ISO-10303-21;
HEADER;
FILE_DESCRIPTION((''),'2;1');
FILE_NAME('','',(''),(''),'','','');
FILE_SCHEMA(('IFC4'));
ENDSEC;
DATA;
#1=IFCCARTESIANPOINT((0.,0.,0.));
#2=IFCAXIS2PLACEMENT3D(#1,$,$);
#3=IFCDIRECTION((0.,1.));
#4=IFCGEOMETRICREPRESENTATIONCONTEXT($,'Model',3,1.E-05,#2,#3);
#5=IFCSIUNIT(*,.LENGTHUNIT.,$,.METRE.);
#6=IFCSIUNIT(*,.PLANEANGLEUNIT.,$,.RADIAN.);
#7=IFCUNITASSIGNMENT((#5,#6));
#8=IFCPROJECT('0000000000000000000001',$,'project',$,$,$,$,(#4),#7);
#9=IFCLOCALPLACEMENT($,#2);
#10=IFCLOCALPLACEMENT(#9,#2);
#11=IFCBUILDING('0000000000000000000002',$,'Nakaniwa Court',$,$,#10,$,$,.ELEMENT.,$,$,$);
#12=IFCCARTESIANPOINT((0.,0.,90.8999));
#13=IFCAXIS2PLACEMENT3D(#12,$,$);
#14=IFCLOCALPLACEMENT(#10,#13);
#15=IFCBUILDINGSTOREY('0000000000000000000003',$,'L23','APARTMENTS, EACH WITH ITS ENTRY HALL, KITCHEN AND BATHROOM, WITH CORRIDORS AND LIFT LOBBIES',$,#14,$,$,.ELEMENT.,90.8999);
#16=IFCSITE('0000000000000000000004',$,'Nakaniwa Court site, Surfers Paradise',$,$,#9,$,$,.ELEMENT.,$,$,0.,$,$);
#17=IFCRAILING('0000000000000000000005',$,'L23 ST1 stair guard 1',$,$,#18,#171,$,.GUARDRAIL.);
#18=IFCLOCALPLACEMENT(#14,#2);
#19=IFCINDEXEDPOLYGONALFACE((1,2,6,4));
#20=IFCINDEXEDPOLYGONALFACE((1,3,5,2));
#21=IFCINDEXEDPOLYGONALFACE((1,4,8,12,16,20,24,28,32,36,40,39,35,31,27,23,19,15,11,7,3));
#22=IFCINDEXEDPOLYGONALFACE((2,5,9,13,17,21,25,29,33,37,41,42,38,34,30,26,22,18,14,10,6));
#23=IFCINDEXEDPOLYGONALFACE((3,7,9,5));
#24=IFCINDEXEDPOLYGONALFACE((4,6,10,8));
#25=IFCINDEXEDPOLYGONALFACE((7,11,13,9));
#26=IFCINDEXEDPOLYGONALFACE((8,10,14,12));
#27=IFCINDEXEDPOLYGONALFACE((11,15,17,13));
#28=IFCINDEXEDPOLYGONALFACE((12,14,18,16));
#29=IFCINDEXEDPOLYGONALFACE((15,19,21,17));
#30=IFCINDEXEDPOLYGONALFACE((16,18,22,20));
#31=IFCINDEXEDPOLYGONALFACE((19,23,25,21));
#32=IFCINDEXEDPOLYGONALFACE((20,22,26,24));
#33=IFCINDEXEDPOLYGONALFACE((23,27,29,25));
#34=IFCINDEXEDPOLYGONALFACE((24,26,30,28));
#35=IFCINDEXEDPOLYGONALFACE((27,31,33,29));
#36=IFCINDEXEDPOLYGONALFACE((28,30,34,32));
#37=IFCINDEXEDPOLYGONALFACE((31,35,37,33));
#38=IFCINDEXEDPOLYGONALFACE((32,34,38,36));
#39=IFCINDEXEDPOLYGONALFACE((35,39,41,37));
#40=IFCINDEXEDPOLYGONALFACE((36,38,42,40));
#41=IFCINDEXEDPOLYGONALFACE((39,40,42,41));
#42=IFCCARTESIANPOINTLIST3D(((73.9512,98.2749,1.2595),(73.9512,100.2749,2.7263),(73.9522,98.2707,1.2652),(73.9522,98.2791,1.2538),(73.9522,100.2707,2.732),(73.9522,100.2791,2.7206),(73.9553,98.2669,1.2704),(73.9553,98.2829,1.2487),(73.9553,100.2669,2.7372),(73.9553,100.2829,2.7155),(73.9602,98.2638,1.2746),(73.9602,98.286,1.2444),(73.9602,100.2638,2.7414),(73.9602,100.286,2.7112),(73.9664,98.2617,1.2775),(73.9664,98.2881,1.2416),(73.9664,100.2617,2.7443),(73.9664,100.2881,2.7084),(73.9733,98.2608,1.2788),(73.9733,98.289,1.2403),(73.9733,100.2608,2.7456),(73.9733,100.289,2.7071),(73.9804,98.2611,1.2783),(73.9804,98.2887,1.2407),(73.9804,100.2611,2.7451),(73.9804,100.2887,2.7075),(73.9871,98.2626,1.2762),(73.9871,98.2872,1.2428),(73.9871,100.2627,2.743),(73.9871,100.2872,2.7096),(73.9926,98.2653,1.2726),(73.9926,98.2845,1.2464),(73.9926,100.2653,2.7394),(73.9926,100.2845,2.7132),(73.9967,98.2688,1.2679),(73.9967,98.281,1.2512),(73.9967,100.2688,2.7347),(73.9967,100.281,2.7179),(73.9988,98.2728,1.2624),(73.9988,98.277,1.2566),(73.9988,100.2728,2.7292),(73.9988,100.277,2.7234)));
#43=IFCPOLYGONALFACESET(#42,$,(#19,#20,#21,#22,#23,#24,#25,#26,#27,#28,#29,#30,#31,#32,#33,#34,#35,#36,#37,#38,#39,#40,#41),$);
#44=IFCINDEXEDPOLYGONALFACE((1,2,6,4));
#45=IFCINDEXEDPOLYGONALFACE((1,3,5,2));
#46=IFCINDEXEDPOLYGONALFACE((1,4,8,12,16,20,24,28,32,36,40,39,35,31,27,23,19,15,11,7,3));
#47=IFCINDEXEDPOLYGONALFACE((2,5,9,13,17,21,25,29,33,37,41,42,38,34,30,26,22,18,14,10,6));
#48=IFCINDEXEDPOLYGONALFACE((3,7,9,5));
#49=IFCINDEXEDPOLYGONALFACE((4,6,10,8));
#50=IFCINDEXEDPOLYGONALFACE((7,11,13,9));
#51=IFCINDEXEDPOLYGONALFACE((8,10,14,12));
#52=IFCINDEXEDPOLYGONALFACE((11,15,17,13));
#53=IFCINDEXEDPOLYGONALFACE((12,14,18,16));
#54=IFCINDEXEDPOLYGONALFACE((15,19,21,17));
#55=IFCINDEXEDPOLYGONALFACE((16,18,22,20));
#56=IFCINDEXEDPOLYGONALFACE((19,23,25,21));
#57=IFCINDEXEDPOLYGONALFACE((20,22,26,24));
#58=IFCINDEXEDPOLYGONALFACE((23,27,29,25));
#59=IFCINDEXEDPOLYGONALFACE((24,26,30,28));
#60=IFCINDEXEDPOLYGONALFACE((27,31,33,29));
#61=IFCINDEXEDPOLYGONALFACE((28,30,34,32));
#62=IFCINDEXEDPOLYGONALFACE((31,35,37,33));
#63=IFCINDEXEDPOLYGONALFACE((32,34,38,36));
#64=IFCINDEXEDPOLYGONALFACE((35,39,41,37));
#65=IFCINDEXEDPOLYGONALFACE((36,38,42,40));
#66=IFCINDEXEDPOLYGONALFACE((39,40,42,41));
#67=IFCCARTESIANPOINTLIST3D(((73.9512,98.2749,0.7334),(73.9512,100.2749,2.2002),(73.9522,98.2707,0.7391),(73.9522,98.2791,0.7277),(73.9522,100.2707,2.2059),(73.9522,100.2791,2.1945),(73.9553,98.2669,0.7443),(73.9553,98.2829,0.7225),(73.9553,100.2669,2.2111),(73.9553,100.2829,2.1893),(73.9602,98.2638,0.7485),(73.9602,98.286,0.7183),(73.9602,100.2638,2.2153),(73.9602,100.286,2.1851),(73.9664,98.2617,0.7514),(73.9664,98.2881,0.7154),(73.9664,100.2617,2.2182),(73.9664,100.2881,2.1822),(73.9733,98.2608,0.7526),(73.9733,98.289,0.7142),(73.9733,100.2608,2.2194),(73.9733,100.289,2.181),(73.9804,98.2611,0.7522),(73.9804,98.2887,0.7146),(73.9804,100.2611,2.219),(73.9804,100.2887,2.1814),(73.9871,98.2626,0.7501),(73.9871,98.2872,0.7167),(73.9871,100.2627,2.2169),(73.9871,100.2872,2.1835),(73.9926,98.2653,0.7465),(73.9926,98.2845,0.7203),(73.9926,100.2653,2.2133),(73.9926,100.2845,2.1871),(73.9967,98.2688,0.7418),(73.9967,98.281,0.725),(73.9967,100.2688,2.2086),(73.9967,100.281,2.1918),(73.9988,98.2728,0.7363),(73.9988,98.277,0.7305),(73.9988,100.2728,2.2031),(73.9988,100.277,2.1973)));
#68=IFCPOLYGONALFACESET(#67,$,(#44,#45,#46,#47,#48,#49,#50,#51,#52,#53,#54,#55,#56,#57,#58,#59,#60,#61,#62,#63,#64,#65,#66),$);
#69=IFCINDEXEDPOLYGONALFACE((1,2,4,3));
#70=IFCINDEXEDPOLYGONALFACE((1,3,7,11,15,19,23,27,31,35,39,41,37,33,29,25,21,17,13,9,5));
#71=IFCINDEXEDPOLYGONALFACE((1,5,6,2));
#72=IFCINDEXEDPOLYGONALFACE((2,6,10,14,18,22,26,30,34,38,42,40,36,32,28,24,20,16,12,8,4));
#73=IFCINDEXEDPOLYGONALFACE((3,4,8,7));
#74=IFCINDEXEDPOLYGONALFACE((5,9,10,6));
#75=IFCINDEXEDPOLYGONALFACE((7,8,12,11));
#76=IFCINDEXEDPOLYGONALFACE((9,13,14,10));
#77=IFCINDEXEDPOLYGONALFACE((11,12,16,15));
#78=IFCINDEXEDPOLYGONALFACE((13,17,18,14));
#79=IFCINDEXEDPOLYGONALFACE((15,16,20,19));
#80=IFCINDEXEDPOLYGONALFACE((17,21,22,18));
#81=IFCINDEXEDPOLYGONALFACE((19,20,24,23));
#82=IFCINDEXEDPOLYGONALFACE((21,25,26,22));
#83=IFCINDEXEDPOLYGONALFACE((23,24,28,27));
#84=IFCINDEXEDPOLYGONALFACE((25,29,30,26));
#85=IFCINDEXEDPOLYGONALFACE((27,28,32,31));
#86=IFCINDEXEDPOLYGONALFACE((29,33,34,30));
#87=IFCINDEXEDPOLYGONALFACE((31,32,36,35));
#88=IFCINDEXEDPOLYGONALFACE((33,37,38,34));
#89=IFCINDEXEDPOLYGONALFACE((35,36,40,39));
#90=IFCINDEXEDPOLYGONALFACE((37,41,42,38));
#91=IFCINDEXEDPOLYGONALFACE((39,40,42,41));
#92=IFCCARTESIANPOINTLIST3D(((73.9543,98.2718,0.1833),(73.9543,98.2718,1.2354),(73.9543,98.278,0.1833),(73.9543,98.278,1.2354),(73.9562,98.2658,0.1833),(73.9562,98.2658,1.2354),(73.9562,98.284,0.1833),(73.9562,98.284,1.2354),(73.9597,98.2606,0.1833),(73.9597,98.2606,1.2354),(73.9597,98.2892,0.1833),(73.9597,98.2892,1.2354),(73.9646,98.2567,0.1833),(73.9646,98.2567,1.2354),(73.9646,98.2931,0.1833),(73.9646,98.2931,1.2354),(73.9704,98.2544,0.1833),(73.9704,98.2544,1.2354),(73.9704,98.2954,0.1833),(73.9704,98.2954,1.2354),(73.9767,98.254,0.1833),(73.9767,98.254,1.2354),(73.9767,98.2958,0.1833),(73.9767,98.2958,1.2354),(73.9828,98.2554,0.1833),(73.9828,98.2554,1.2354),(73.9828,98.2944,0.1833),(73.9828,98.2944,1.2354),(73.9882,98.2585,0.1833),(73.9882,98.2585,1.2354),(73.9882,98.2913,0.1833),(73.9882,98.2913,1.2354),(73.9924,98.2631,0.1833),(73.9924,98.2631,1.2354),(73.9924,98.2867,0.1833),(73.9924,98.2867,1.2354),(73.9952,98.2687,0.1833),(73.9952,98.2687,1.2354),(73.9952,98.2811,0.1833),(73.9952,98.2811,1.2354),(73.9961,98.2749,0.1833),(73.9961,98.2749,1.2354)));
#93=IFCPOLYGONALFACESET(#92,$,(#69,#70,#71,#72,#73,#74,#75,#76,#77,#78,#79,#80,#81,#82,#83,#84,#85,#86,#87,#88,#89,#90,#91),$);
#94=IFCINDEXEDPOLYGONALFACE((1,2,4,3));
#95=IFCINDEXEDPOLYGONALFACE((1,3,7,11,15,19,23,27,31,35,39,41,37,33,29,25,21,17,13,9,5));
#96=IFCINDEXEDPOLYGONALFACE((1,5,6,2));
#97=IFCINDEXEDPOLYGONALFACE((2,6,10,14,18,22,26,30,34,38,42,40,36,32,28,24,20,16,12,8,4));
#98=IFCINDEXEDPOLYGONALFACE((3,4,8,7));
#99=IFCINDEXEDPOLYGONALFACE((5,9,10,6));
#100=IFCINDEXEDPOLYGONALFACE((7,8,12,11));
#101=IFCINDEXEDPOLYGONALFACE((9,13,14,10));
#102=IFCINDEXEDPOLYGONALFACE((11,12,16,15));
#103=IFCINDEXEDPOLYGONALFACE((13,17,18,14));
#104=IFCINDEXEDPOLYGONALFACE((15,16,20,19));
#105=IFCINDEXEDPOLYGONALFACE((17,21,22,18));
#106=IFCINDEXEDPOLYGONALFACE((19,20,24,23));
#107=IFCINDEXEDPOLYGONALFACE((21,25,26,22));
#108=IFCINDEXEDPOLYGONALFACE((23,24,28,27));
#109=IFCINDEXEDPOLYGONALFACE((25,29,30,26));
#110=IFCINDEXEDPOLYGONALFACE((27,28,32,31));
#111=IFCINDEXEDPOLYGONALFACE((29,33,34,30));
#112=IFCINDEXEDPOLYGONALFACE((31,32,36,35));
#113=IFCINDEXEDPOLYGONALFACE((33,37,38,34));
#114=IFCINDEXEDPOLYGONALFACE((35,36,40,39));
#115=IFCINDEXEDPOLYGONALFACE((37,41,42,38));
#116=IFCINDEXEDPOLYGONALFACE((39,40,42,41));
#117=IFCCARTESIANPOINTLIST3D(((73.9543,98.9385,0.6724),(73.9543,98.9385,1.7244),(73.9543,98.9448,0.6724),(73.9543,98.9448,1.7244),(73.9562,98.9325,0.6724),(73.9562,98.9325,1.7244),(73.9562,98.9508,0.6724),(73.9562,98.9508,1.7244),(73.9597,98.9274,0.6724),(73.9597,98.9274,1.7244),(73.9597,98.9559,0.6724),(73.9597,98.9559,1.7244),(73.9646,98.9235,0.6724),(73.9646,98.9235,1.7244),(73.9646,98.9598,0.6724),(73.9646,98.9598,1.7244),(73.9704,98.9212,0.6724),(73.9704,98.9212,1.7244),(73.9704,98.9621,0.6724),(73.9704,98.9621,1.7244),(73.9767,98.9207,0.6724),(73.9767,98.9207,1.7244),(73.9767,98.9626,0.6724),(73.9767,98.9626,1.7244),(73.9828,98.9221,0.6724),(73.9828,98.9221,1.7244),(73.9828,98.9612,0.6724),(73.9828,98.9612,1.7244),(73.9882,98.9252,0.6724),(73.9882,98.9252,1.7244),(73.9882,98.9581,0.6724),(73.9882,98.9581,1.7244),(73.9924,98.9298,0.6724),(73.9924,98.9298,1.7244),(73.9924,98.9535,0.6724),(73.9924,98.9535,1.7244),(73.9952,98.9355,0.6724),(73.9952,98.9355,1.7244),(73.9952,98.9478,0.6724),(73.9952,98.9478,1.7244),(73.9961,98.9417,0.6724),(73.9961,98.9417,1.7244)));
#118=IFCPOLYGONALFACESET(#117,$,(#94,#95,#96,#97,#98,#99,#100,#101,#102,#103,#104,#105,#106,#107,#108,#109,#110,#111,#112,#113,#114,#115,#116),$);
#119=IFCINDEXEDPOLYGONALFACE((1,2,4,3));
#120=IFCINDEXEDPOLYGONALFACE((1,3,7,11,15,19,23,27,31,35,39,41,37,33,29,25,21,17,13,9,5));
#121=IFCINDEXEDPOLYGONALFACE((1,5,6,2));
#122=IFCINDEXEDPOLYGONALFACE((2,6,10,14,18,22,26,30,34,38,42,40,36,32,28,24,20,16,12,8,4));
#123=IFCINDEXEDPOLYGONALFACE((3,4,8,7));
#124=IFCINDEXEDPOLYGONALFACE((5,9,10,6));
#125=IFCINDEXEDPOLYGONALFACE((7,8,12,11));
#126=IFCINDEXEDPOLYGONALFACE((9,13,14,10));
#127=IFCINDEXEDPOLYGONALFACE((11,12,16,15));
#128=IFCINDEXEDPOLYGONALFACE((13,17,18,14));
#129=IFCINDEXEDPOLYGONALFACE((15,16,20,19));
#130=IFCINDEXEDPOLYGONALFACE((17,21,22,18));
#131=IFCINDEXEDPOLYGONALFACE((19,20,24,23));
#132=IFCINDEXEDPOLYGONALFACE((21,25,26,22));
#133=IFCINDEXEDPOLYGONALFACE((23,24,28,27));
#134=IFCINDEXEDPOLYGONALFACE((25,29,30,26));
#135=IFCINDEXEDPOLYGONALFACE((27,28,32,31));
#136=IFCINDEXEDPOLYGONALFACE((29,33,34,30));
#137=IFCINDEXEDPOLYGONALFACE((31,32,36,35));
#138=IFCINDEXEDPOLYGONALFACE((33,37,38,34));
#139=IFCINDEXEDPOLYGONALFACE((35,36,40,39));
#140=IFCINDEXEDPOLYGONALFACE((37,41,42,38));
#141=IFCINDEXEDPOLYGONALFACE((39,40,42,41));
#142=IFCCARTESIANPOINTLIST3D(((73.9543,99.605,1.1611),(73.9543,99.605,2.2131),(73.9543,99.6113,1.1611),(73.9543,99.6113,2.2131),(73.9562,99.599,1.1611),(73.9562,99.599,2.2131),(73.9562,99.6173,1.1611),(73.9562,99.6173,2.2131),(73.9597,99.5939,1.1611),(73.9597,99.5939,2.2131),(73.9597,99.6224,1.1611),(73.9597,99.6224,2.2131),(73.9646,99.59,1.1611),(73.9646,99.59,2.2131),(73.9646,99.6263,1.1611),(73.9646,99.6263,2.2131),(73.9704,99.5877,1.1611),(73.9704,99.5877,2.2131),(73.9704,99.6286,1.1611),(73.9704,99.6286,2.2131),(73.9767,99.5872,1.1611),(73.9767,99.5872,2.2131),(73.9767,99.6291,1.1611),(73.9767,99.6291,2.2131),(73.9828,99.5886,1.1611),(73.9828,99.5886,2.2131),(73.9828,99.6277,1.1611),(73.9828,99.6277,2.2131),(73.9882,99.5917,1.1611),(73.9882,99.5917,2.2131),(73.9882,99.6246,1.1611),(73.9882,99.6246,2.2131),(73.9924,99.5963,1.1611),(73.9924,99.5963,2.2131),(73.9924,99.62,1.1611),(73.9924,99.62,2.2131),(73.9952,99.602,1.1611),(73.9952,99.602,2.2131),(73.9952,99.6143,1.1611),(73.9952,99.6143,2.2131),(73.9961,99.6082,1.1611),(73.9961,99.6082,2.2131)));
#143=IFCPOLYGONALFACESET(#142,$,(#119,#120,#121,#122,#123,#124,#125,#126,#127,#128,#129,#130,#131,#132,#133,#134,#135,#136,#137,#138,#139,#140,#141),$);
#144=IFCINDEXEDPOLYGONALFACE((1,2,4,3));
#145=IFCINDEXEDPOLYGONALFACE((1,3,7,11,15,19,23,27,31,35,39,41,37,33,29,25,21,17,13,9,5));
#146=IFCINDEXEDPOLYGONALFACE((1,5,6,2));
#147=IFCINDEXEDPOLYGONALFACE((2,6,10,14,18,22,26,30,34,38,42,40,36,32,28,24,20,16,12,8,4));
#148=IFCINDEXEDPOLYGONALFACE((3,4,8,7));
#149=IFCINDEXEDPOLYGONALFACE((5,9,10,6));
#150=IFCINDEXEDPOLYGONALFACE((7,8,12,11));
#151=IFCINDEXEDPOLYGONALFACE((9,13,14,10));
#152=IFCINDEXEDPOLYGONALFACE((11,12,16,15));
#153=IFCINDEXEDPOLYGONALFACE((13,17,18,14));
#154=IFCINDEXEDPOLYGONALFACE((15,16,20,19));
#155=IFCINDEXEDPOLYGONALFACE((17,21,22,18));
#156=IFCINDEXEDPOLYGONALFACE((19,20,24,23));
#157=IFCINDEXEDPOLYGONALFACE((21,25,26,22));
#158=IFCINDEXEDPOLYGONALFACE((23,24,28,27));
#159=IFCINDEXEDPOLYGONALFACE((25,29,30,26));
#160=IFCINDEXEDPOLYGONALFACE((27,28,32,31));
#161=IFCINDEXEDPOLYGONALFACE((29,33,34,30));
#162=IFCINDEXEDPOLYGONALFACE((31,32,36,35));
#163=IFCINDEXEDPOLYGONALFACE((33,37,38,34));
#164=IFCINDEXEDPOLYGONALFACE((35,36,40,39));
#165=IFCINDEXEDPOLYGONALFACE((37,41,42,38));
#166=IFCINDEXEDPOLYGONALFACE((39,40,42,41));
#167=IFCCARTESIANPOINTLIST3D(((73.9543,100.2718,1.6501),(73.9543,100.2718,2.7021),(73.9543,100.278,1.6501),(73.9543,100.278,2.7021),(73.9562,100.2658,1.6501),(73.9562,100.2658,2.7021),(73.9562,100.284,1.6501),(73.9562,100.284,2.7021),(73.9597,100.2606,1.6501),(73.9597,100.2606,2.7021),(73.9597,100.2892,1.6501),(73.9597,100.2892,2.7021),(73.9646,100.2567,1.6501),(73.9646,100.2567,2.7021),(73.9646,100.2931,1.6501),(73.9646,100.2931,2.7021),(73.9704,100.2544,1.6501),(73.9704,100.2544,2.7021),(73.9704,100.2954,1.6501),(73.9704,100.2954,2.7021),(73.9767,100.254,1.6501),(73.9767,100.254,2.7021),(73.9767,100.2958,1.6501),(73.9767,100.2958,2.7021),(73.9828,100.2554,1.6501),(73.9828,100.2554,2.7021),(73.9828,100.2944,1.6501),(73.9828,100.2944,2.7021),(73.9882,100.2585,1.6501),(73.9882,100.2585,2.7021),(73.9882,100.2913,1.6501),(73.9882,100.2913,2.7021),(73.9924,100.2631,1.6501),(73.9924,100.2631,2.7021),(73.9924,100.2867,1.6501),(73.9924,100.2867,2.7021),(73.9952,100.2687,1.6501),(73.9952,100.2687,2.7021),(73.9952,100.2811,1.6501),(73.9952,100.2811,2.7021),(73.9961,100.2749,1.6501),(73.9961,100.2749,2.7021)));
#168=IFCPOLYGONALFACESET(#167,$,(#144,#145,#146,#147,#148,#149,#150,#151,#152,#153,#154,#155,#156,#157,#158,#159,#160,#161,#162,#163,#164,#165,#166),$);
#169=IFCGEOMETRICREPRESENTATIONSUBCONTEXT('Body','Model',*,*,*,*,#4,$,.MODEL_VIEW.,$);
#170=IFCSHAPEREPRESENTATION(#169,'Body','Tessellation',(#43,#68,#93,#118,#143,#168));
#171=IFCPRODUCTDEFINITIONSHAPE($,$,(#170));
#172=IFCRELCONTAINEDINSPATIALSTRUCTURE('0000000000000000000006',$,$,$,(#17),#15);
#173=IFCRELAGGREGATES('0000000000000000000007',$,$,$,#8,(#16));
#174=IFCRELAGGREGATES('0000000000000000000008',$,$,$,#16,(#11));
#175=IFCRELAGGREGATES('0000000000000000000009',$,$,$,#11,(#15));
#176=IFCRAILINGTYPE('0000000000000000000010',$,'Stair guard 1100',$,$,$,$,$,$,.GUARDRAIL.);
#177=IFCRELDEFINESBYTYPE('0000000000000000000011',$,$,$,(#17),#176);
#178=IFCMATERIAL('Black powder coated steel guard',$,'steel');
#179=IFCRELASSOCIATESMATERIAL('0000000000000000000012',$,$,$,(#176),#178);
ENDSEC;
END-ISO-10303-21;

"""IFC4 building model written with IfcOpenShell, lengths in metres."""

from ifc_helpers import new_model, si_unit, direction, frame, origin, origin_2d, place, context, subcontext, project, spatial, circle, extrude, material, type_object, element, save


model = new_model("IFC4")

# Units and contexts
model_context = context("Model", 3, precision=1e-05, world=origin(), true_north=direction((0.0, 1.0)))
body_context = subcontext(model_context, "Body", "Model", "MODEL_VIEW")
ifc_project = project(units=[si_unit("LENGTHUNIT", "METRE"), si_unit("PLANEANGLEUNIT", "RADIAN")], contexts=[model_context])

# Site, building, storey
site_placement = place(None, origin())
site = spatial("IfcSite", under=ifc_project, at=site_placement, Name="Nakaniwa Court site, Surfers Paradise", CompositionType="ELEMENT", RefElevation=0.0)
building_placement = place(site_placement, origin())
building = spatial("IfcBuilding", under=site, at=building_placement, Name="Nakaniwa Court", CompositionType="ELEMENT")
storey_placement = place(building_placement, frame((0.0, 0.0, 90.8999)))
storey = spatial("IfcBuildingStorey", under=building, at=storey_placement, Name="L23", Description="APARTMENTS, EACH WITH ITS ENTRY HALL, KITCHEN AND BATHROOM, WITH CORRIDORS AND LIFT LOBBIES", CompositionType="ELEMENT", Elevation=90.8999)

# Railing
ifc_material_1 = material(Name="Black powder coated steel guard", Category="steel")
railing_type_1 = type_object("IfcRailingType", Name="Stair guard 1100", PredefinedType="GUARDRAIL", material=ifc_material_1)
railing_1_placement = place(storey_placement, frame((73.9751, 98.2749, 0.1833)))
element("IfcRailing", 1, at=railing_1_placement, inside=storey, type_object=railing_type_1, Name="L23 ST1 stair guard 1", PredefinedType="GUARDRAIL", context=body_context, shape_type="SweptSolid", body=[
    extrude(circle(Radius=0.0239, at=origin_2d()), frame((0.0, 0.0, 1.0762), z_axis=(0.0, 0.80638, 0.591398), x_axis=(-1.0, 0.0, 0.0)), (0.0, 0.0, 1.0), 2.4802),
    extrude(circle(Radius=0.0239, at=origin_2d()), frame((0.0, 0.0, 0.55), z_axis=(0.0, 0.80638, 0.591398), x_axis=(-1.0, 0.0, 0.0)), (0.0, 0.0, 1.0), 2.4802),
    extrude(circle(Radius=0.021, at=origin_2d()), origin(), (0.0, 0.0, 1.0), 1.052),
    extrude(circle(Radius=0.021, at=origin_2d()), frame((0.0, 0.6667, 0.489)), (0.0, 0.0, 1.0), 1.052),
    extrude(circle(Radius=0.021, at=origin_2d()), frame((0.0, 1.3333, 0.9778)), (0.0, 0.0, 1.0), 1.052),
    extrude(circle(Radius=0.021, at=origin_2d()), frame((0.0, 2.0, 1.4668)), (0.0, 0.0, 1.0), 1.052),
])

save(model, "model.ifc")
